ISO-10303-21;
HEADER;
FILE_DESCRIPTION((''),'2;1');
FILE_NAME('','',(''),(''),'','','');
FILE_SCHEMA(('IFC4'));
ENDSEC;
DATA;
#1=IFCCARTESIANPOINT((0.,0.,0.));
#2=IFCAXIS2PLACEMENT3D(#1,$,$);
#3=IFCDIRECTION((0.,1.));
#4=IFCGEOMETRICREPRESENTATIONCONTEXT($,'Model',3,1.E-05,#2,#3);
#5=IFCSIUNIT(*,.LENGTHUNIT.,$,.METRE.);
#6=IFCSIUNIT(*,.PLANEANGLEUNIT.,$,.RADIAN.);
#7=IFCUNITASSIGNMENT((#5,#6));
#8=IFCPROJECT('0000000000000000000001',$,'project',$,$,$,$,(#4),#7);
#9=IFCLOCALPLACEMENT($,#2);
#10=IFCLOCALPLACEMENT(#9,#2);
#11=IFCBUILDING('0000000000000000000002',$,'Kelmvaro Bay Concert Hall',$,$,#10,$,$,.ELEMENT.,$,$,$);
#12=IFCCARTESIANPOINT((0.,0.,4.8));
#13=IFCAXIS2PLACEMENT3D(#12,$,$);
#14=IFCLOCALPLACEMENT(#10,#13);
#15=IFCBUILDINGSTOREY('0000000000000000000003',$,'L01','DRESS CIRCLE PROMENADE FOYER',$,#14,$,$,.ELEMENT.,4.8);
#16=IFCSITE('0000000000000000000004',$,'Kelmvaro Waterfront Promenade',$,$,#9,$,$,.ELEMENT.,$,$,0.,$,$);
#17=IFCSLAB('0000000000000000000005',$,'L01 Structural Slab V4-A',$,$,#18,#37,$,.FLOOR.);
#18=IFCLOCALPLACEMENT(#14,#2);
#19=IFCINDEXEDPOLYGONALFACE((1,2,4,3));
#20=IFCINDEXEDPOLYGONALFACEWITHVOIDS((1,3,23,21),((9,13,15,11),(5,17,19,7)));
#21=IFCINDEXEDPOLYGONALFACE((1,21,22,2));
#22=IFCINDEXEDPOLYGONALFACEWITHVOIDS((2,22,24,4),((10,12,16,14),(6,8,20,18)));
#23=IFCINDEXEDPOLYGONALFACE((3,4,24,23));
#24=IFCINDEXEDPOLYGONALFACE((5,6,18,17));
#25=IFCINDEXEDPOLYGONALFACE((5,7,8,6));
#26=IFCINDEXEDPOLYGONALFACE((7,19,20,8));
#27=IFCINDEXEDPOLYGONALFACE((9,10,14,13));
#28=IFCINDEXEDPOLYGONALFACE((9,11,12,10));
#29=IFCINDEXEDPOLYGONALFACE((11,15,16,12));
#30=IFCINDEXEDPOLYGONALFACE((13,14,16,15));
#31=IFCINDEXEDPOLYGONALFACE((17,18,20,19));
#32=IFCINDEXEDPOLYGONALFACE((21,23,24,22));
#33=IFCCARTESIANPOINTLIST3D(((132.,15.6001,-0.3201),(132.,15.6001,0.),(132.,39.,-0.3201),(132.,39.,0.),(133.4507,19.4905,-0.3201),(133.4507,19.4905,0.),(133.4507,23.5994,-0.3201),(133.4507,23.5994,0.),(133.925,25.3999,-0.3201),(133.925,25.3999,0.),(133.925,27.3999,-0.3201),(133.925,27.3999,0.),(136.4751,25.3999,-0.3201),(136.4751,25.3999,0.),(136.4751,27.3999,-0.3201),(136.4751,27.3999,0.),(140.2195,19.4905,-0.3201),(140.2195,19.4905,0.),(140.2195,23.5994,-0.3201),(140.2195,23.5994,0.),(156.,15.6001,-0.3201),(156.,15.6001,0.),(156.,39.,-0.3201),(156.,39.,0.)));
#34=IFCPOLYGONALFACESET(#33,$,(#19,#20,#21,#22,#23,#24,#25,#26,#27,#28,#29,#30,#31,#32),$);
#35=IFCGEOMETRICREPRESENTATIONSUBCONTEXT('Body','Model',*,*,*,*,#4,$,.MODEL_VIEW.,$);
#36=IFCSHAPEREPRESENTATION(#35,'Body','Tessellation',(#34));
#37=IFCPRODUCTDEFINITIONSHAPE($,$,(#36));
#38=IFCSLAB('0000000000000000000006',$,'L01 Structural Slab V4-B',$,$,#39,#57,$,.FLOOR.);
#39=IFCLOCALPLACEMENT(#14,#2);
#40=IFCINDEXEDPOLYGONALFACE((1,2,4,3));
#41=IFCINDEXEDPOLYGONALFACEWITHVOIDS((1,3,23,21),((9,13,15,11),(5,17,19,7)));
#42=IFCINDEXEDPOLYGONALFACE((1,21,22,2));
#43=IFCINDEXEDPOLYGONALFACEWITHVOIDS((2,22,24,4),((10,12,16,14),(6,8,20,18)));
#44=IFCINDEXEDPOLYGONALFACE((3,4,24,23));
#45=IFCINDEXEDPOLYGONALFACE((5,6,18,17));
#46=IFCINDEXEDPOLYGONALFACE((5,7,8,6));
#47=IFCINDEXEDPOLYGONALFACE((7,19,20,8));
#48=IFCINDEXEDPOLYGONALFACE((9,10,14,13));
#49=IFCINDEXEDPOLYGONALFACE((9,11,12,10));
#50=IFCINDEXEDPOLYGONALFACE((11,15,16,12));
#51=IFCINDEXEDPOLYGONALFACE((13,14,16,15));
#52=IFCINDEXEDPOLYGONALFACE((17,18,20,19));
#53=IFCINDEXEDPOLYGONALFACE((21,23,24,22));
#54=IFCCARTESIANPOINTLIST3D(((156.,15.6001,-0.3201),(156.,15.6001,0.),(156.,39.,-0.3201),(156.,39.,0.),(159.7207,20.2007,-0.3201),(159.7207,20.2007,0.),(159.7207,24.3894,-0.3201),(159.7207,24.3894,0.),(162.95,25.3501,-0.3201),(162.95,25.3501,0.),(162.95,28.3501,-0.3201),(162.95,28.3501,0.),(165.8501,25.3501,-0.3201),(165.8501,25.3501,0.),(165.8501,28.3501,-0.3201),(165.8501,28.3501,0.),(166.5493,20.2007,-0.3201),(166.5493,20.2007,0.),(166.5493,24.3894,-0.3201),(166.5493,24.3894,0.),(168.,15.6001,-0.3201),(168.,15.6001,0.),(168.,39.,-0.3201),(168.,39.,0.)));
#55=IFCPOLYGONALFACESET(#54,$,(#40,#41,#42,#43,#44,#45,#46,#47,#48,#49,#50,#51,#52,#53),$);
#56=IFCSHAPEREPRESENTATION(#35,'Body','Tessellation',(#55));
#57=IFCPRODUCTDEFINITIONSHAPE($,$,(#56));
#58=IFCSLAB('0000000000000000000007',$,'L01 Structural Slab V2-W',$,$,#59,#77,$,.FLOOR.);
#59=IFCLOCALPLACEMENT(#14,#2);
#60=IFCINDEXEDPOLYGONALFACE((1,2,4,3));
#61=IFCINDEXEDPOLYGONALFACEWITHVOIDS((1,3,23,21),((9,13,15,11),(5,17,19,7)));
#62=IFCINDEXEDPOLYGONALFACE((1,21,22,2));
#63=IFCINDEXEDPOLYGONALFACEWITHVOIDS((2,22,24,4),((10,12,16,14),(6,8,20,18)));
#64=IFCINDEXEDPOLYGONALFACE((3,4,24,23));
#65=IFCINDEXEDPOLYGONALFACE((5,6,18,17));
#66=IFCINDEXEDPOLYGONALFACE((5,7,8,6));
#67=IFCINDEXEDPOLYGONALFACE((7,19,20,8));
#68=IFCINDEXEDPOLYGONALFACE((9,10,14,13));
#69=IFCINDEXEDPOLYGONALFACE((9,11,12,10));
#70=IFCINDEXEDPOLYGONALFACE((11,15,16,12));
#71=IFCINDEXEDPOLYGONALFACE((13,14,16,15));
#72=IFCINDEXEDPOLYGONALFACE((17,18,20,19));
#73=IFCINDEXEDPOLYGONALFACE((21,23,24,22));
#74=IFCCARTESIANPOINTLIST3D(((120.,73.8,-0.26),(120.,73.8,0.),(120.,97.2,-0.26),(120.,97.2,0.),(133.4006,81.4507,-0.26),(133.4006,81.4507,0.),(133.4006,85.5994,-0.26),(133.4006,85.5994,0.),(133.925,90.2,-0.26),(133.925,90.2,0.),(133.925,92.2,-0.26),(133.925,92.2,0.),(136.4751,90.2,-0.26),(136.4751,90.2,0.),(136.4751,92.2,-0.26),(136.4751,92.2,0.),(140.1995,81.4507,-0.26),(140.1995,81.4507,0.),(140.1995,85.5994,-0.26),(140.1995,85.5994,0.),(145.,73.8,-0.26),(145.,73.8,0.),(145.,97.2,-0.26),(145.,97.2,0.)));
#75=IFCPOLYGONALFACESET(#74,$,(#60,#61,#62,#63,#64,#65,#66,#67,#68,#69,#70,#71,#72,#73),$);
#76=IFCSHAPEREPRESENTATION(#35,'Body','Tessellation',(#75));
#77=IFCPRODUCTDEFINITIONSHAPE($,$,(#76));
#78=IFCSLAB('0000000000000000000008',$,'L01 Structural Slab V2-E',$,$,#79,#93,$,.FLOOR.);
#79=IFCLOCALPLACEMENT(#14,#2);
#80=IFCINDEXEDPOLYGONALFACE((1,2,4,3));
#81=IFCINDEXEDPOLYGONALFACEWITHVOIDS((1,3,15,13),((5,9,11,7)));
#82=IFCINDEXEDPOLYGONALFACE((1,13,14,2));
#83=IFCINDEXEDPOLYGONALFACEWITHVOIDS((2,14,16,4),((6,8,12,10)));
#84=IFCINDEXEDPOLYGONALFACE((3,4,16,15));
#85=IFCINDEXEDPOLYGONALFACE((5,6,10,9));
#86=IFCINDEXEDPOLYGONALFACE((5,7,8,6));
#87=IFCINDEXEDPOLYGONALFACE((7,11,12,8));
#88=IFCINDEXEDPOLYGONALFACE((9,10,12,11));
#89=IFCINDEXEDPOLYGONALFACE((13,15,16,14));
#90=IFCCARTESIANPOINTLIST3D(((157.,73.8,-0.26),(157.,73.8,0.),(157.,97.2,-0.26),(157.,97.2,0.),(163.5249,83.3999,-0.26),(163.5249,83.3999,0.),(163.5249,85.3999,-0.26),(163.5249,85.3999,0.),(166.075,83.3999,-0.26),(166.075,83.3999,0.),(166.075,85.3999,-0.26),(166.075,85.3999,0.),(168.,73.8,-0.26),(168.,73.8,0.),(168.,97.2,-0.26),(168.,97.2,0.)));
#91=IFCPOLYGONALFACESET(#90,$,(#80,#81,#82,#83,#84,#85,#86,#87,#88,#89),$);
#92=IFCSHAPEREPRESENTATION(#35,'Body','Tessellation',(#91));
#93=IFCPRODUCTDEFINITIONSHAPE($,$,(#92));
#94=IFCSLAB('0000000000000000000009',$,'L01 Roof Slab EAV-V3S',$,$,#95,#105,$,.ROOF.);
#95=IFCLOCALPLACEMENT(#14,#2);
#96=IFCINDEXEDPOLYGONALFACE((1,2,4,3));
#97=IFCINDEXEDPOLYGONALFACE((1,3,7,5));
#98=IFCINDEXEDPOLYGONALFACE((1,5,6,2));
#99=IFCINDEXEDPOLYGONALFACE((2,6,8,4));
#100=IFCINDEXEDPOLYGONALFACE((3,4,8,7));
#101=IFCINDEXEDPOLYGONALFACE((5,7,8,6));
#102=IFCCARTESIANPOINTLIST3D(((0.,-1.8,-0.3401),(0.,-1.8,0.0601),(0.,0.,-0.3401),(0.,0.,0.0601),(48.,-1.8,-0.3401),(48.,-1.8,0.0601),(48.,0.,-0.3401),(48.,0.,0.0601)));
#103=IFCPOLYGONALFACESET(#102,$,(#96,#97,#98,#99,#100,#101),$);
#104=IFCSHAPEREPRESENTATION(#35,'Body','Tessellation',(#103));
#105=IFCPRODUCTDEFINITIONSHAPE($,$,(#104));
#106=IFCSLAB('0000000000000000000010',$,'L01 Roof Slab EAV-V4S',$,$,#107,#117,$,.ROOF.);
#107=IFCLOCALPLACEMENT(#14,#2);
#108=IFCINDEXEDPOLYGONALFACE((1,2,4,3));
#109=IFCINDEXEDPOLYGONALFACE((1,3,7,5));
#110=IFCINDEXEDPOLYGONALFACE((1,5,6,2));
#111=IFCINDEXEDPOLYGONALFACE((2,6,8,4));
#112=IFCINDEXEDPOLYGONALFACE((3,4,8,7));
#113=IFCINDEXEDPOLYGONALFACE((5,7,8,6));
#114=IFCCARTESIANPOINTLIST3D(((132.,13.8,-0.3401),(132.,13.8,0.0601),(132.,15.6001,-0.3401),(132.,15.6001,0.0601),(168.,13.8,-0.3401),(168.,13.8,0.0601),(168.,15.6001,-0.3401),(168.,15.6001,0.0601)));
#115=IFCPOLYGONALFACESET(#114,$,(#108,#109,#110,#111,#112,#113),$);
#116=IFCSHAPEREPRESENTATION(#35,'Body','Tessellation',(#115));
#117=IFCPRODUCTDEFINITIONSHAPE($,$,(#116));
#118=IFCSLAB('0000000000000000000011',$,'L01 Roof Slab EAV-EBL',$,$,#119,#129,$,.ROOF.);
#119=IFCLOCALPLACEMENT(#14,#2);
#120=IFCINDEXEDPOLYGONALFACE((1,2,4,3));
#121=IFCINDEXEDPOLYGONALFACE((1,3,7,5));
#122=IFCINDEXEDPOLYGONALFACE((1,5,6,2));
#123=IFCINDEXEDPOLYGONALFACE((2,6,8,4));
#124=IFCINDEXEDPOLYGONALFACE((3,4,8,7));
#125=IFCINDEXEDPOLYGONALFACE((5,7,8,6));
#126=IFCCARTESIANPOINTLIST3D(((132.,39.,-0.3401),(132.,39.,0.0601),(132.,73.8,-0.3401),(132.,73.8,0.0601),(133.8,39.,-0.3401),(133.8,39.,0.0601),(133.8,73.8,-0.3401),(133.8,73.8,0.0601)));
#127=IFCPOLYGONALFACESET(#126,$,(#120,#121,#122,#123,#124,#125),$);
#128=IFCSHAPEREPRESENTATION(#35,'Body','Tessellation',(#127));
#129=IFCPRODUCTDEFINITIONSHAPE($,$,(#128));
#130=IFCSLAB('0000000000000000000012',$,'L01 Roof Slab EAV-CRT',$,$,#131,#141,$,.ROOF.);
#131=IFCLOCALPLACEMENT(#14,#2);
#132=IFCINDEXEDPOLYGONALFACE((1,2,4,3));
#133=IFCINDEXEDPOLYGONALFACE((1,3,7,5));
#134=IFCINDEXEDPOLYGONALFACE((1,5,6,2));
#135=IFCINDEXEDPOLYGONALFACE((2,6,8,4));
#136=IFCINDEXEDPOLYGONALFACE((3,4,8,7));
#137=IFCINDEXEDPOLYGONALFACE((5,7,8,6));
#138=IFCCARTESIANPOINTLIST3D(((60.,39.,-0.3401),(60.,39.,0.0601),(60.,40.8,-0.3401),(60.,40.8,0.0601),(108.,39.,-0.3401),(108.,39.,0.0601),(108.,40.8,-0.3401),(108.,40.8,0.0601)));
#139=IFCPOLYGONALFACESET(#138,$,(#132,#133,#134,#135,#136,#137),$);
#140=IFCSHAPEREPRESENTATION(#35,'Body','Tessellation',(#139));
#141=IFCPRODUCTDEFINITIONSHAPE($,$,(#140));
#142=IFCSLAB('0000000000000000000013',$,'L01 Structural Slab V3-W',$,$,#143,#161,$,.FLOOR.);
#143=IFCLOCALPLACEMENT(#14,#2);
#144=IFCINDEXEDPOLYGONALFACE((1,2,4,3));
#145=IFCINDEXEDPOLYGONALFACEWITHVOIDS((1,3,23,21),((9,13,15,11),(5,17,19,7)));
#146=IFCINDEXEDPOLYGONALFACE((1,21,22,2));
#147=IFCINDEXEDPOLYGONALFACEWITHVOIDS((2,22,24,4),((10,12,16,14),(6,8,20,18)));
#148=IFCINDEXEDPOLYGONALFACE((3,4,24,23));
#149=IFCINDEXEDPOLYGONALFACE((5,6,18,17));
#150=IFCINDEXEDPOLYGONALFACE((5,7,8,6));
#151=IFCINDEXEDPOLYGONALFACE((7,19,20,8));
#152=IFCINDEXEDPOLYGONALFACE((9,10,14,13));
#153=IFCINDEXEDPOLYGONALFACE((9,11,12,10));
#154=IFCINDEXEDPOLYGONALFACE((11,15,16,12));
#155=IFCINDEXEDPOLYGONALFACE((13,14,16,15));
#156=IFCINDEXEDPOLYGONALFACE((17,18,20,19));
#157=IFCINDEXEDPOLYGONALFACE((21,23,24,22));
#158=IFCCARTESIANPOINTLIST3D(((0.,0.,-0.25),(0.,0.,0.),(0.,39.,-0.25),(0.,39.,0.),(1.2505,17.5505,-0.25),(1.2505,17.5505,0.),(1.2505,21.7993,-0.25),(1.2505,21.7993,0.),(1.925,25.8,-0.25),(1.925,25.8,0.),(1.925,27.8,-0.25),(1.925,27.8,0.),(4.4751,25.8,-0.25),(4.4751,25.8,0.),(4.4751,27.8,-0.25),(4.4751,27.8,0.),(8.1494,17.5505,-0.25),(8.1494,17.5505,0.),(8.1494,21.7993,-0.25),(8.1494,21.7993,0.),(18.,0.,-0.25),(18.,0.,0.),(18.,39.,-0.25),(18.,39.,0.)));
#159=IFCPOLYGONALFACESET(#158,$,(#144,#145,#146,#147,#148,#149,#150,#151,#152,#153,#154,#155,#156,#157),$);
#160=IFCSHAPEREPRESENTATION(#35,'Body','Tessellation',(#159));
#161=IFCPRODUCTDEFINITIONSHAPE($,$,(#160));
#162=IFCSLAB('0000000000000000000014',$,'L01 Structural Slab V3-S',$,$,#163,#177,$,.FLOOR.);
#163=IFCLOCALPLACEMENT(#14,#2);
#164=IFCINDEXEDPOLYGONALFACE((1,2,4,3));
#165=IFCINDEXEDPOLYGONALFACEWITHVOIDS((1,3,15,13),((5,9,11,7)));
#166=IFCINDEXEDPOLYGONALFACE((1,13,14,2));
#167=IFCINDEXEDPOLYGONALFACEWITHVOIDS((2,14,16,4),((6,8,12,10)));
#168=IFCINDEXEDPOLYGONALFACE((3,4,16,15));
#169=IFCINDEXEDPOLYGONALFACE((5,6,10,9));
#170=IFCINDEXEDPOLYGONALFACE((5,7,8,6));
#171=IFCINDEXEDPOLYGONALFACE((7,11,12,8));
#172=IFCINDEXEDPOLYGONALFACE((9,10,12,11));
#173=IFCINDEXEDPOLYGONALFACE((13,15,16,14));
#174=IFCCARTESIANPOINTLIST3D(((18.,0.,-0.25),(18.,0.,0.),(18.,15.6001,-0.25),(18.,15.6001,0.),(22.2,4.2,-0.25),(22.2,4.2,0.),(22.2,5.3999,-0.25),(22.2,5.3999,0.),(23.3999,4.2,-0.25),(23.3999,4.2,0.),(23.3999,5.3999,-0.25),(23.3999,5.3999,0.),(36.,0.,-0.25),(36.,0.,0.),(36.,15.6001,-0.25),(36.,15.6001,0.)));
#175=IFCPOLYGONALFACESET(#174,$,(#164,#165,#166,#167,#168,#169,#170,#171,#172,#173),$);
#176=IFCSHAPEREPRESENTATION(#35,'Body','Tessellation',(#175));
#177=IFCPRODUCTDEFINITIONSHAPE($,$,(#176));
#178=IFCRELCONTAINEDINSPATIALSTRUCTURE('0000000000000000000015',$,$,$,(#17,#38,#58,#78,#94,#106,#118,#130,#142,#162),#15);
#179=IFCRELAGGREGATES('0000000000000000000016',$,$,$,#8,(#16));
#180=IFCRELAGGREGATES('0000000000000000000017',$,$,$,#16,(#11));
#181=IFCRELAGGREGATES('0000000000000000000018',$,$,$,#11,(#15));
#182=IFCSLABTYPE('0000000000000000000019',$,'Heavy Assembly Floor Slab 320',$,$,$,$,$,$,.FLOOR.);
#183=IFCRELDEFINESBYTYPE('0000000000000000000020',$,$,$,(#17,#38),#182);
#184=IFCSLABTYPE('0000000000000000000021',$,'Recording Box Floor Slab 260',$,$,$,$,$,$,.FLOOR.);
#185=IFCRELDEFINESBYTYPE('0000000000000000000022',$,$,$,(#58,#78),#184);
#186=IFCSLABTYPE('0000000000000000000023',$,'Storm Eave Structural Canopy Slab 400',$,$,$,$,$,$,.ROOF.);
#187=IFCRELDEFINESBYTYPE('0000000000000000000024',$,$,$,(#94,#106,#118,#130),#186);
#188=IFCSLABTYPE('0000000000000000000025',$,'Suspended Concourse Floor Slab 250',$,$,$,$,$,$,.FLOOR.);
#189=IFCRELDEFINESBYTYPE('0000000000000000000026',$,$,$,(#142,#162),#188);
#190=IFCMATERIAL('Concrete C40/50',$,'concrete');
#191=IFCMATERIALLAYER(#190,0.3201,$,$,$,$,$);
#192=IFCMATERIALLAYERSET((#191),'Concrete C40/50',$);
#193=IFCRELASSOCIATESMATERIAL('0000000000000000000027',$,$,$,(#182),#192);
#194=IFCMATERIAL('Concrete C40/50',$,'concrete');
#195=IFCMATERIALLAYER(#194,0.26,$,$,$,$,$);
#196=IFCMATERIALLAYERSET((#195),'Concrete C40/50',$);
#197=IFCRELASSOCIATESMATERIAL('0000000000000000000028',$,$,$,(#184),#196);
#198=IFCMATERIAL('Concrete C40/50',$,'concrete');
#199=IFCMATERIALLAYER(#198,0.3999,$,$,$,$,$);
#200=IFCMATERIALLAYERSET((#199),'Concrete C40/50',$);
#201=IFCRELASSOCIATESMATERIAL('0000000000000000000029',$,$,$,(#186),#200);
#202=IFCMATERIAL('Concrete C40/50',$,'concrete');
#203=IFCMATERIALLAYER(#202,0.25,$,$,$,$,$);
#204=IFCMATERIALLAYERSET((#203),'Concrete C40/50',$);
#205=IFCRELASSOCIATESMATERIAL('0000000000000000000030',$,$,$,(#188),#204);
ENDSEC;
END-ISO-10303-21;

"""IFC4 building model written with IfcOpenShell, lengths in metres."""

from ifc_helpers import new_model, si_unit, direction, frame, origin, place, context, subcontext, project, spatial, polyline, outline, extrude, material, layer, layer_set, type_object, element, save


model = new_model("IFC4")

# Units and contexts
model_context = context("Model", 3, precision=1e-05, world=origin(), true_north=direction((0.0, 1.0)))
body_context = subcontext(model_context, "Body", "Model", "MODEL_VIEW")
ifc_project = project(units=[si_unit("LENGTHUNIT", "METRE"), si_unit("PLANEANGLEUNIT", "RADIAN")], contexts=[model_context])

# Site, building, storey
site_placement = place(None, origin())
site = spatial("IfcSite", under=ifc_project, at=site_placement, Name="Kelmvaro Waterfront Promenade", CompositionType="ELEMENT", RefElevation=0.0)
building_placement = place(site_placement, origin())
building = spatial("IfcBuilding", under=site, at=building_placement, Name="Kelmvaro Bay Concert Hall", CompositionType="ELEMENT")
storey_placement = place(building_placement, frame((0.0, 0.0, 4.8)))
storey = spatial("IfcBuildingStorey", under=building, at=storey_placement, Name="L01", Description="DRESS CIRCLE PROMENADE FOYER", CompositionType="ELEMENT", Elevation=4.8)

# Slabs
ifc_material_1 = material(Name="Concrete C40/50", Category="concrete")
ifc_layer_1 = layer(ifc_material_1, 0.3201)
ifc_layer_set_1 = layer_set([ifc_layer_1], Name="Concrete C40/50")
slab_type_1 = type_object("IfcSlabType", Name="Heavy Assembly Floor Slab 320", PredefinedType="FLOOR", material=ifc_layer_set_1)
slab_1_placement = place(storey_placement, frame((0.0, 0.0, -0.3201)))
element("IfcSlab", 1, at=slab_1_placement, inside=storey, type_object=slab_type_1, Name="L01 Structural Slab V4-A", PredefinedType="FLOOR", context=body_context, shape_type="SweptSolid", body=[
    extrude(outline(polyline([(132.0, 15.6001), (156.0, 15.6001), (156.0, 39.0), (132.0, 39.0), (132.0, 15.6001)]), holes=[polyline([(133.4507, 19.4905), (140.2195, 19.4905), (140.2195, 23.5994), (133.4507, 23.5994), (133.4507, 19.4905)]), polyline([(133.925, 25.3999), (136.4751, 25.3999), (136.4751, 27.3999), (133.925, 27.3999), (133.925, 25.3999)])]), origin(), (0.0, 0.0, 1.0), 0.3201),
])
slab_2_placement = place(storey_placement, frame((0.0, 0.0, -0.3201)))
element("IfcSlab", 2, at=slab_2_placement, inside=storey, type_object=slab_type_1, Name="L01 Structural Slab V4-B", PredefinedType="FLOOR", context=body_context, shape_type="SweptSolid", body=[
    extrude(outline(polyline([(156.0, 15.6001), (168.0, 15.6001), (168.0, 39.0), (156.0, 39.0), (156.0, 15.6001)]), holes=[polyline([(159.7207, 20.2007), (166.5493, 20.2007), (166.5493, 24.3894), (159.7207, 24.3894), (159.7207, 20.2007)]), polyline([(162.95, 25.3501), (165.8501, 25.3501), (165.8501, 28.3501), (162.95, 28.3501), (162.95, 25.3501)])]), origin(), (0.0, 0.0, 1.0), 0.3201),
])
ifc_material_2 = material(Name="Concrete C40/50", Category="concrete")
ifc_layer_2 = layer(ifc_material_2, 0.26)
ifc_layer_set_2 = layer_set([ifc_layer_2], Name="Concrete C40/50")
slab_type_2 = type_object("IfcSlabType", Name="Recording Box Floor Slab 260", PredefinedType="FLOOR", material=ifc_layer_set_2)
slab_3_placement = place(storey_placement, frame((0.0, 0.0, -0.26)))
element("IfcSlab", 3, at=slab_3_placement, inside=storey, type_object=slab_type_2, Name="L01 Structural Slab V2-W", PredefinedType="FLOOR", context=body_context, shape_type="SweptSolid", body=[
    extrude(outline(polyline([(120.0, 73.8), (145.0, 73.8), (145.0, 97.2), (120.0, 97.2), (120.0, 73.8)]), holes=[polyline([(133.4006, 81.4507), (140.1995, 81.4507), (140.1995, 85.5994), (133.4006, 85.5994), (133.4006, 81.4507)]), polyline([(133.925, 90.2), (136.4751, 90.2), (136.4751, 92.2), (133.925, 92.2), (133.925, 90.2)])]), origin(), (0.0, 0.0, 1.0), 0.26),
])
slab_4_placement = place(storey_placement, frame((0.0, 0.0, -0.26)))
element("IfcSlab", 4, at=slab_4_placement, inside=storey, type_object=slab_type_2, Name="L01 Structural Slab V2-E", PredefinedType="FLOOR", context=body_context, shape_type="SweptSolid", body=[
    extrude(outline(polyline([(157.0, 73.8), (168.0, 73.8), (168.0, 97.2), (157.0, 97.2), (157.0, 73.8)]), holes=[polyline([(163.5249, 83.3999), (166.075, 83.3999), (166.075, 85.3999), (163.5249, 85.3999), (163.5249, 83.3999)])]), origin(), (0.0, 0.0, 1.0), 0.26),
])
ifc_material_3 = material(Name="Concrete C40/50", Category="concrete")
ifc_layer_3 = layer(ifc_material_3, 0.3999)
ifc_layer_set_3 = layer_set([ifc_layer_3], Name="Concrete C40/50")
slab_type_3 = type_object("IfcSlabType", Name="Storm Eave Structural Canopy Slab 400", PredefinedType="ROOF", material=ifc_layer_set_3)
slab_5_placement = place(storey_placement, frame((0.0, 0.0, -0.3401)))
element("IfcSlab", 5, at=slab_5_placement, inside=storey, type_object=slab_type_3, Name="L01 Roof Slab EAV-V3S", PredefinedType="ROOF", context=body_context, shape_type="SweptSolid", body=[
    extrude(outline(polyline([(0.0, -1.8), (48.0, -1.8), (48.0, 0.0), (0.0, 0.0), (0.0, -1.8)])), origin(), (0.0, 0.0, 1.0), 0.4001),
])
slab_6_placement = place(storey_placement, frame((0.0, 0.0, -0.3401)))
element("IfcSlab", 6, at=slab_6_placement, inside=storey, type_object=slab_type_3, Name="L01 Roof Slab EAV-V4S", PredefinedType="ROOF", context=body_context, shape_type="SweptSolid", body=[
    extrude(outline(polyline([(132.0, 13.8), (168.0, 13.8), (168.0, 15.6001), (132.0, 15.6001), (132.0, 13.8)])), origin(), (0.0, 0.0, 1.0), 0.4001),
])
slab_7_placement = place(storey_placement, frame((0.0, 0.0, -0.3401)))
element("IfcSlab", 7, at=slab_7_placement, inside=storey, type_object=slab_type_3, Name="L01 Roof Slab EAV-EBL", PredefinedType="ROOF", context=body_context, shape_type="SweptSolid", body=[
    extrude(outline(polyline([(132.0, 39.0), (133.8, 39.0), (133.8, 73.8), (132.0, 73.8), (132.0, 39.0)])), origin(), (0.0, 0.0, 1.0), 0.4001),
])
slab_8_placement = place(storey_placement, frame((0.0, 0.0, -0.3401)))
element("IfcSlab", 8, at=slab_8_placement, inside=storey, type_object=slab_type_3, Name="L01 Roof Slab EAV-CRT", PredefinedType="ROOF", context=body_context, shape_type="SweptSolid", body=[
    extrude(outline(polyline([(60.0, 39.0), (108.0, 39.0), (108.0, 40.8), (60.0, 40.8), (60.0, 39.0)])), origin(), (0.0, 0.0, 1.0), 0.4001),
])
ifc_material_4 = material(Name="Concrete C40/50", Category="concrete")
ifc_layer_4 = layer(ifc_material_4, 0.25)
ifc_layer_set_4 = layer_set([ifc_layer_4], Name="Concrete C40/50")
slab_type_4 = type_object("IfcSlabType", Name="Suspended Concourse Floor Slab 250", PredefinedType="FLOOR", material=ifc_layer_set_4)
slab_9_placement = place(storey_placement, frame((0.0, 0.0, -0.25)))
element("IfcSlab", 9, at=slab_9_placement, inside=storey, type_object=slab_type_4, Name="L01 Structural Slab V3-W", PredefinedType="FLOOR", context=body_context, shape_type="SweptSolid", body=[
    extrude(outline(polyline([(0.0, 0.0), (18.0, 0.0), (18.0, 39.0), (0.0, 39.0), (0.0, 0.0)]), holes=[polyline([(1.2505, 17.5505), (8.1494, 17.5505), (8.1494, 21.7993), (1.2505, 21.7993), (1.2505, 17.5505)]), polyline([(1.925, 25.8), (4.4751, 25.8), (4.4751, 27.8), (1.925, 27.8), (1.925, 25.8)])]), origin(), (0.0, 0.0, 1.0), 0.25),
])
slab_10_placement = place(storey_placement, frame((0.0, 0.0, -0.25)))
element("IfcSlab", 10, at=slab_10_placement, inside=storey, type_object=slab_type_4, Name="L01 Structural Slab V3-S", PredefinedType="FLOOR", context=body_context, shape_type="SweptSolid", body=[
    extrude(outline(polyline([(18.0, 0.0), (36.0, 0.0), (36.0, 15.6001), (18.0, 15.6001), (18.0, 0.0)]), holes=[polyline([(22.2, 4.2), (23.3999, 4.2), (23.3999, 5.3999), (22.2, 5.3999), (22.2, 4.2)])]), origin(), (0.0, 0.0, 1.0), 0.25),
])

save(model, "model.ifc")
